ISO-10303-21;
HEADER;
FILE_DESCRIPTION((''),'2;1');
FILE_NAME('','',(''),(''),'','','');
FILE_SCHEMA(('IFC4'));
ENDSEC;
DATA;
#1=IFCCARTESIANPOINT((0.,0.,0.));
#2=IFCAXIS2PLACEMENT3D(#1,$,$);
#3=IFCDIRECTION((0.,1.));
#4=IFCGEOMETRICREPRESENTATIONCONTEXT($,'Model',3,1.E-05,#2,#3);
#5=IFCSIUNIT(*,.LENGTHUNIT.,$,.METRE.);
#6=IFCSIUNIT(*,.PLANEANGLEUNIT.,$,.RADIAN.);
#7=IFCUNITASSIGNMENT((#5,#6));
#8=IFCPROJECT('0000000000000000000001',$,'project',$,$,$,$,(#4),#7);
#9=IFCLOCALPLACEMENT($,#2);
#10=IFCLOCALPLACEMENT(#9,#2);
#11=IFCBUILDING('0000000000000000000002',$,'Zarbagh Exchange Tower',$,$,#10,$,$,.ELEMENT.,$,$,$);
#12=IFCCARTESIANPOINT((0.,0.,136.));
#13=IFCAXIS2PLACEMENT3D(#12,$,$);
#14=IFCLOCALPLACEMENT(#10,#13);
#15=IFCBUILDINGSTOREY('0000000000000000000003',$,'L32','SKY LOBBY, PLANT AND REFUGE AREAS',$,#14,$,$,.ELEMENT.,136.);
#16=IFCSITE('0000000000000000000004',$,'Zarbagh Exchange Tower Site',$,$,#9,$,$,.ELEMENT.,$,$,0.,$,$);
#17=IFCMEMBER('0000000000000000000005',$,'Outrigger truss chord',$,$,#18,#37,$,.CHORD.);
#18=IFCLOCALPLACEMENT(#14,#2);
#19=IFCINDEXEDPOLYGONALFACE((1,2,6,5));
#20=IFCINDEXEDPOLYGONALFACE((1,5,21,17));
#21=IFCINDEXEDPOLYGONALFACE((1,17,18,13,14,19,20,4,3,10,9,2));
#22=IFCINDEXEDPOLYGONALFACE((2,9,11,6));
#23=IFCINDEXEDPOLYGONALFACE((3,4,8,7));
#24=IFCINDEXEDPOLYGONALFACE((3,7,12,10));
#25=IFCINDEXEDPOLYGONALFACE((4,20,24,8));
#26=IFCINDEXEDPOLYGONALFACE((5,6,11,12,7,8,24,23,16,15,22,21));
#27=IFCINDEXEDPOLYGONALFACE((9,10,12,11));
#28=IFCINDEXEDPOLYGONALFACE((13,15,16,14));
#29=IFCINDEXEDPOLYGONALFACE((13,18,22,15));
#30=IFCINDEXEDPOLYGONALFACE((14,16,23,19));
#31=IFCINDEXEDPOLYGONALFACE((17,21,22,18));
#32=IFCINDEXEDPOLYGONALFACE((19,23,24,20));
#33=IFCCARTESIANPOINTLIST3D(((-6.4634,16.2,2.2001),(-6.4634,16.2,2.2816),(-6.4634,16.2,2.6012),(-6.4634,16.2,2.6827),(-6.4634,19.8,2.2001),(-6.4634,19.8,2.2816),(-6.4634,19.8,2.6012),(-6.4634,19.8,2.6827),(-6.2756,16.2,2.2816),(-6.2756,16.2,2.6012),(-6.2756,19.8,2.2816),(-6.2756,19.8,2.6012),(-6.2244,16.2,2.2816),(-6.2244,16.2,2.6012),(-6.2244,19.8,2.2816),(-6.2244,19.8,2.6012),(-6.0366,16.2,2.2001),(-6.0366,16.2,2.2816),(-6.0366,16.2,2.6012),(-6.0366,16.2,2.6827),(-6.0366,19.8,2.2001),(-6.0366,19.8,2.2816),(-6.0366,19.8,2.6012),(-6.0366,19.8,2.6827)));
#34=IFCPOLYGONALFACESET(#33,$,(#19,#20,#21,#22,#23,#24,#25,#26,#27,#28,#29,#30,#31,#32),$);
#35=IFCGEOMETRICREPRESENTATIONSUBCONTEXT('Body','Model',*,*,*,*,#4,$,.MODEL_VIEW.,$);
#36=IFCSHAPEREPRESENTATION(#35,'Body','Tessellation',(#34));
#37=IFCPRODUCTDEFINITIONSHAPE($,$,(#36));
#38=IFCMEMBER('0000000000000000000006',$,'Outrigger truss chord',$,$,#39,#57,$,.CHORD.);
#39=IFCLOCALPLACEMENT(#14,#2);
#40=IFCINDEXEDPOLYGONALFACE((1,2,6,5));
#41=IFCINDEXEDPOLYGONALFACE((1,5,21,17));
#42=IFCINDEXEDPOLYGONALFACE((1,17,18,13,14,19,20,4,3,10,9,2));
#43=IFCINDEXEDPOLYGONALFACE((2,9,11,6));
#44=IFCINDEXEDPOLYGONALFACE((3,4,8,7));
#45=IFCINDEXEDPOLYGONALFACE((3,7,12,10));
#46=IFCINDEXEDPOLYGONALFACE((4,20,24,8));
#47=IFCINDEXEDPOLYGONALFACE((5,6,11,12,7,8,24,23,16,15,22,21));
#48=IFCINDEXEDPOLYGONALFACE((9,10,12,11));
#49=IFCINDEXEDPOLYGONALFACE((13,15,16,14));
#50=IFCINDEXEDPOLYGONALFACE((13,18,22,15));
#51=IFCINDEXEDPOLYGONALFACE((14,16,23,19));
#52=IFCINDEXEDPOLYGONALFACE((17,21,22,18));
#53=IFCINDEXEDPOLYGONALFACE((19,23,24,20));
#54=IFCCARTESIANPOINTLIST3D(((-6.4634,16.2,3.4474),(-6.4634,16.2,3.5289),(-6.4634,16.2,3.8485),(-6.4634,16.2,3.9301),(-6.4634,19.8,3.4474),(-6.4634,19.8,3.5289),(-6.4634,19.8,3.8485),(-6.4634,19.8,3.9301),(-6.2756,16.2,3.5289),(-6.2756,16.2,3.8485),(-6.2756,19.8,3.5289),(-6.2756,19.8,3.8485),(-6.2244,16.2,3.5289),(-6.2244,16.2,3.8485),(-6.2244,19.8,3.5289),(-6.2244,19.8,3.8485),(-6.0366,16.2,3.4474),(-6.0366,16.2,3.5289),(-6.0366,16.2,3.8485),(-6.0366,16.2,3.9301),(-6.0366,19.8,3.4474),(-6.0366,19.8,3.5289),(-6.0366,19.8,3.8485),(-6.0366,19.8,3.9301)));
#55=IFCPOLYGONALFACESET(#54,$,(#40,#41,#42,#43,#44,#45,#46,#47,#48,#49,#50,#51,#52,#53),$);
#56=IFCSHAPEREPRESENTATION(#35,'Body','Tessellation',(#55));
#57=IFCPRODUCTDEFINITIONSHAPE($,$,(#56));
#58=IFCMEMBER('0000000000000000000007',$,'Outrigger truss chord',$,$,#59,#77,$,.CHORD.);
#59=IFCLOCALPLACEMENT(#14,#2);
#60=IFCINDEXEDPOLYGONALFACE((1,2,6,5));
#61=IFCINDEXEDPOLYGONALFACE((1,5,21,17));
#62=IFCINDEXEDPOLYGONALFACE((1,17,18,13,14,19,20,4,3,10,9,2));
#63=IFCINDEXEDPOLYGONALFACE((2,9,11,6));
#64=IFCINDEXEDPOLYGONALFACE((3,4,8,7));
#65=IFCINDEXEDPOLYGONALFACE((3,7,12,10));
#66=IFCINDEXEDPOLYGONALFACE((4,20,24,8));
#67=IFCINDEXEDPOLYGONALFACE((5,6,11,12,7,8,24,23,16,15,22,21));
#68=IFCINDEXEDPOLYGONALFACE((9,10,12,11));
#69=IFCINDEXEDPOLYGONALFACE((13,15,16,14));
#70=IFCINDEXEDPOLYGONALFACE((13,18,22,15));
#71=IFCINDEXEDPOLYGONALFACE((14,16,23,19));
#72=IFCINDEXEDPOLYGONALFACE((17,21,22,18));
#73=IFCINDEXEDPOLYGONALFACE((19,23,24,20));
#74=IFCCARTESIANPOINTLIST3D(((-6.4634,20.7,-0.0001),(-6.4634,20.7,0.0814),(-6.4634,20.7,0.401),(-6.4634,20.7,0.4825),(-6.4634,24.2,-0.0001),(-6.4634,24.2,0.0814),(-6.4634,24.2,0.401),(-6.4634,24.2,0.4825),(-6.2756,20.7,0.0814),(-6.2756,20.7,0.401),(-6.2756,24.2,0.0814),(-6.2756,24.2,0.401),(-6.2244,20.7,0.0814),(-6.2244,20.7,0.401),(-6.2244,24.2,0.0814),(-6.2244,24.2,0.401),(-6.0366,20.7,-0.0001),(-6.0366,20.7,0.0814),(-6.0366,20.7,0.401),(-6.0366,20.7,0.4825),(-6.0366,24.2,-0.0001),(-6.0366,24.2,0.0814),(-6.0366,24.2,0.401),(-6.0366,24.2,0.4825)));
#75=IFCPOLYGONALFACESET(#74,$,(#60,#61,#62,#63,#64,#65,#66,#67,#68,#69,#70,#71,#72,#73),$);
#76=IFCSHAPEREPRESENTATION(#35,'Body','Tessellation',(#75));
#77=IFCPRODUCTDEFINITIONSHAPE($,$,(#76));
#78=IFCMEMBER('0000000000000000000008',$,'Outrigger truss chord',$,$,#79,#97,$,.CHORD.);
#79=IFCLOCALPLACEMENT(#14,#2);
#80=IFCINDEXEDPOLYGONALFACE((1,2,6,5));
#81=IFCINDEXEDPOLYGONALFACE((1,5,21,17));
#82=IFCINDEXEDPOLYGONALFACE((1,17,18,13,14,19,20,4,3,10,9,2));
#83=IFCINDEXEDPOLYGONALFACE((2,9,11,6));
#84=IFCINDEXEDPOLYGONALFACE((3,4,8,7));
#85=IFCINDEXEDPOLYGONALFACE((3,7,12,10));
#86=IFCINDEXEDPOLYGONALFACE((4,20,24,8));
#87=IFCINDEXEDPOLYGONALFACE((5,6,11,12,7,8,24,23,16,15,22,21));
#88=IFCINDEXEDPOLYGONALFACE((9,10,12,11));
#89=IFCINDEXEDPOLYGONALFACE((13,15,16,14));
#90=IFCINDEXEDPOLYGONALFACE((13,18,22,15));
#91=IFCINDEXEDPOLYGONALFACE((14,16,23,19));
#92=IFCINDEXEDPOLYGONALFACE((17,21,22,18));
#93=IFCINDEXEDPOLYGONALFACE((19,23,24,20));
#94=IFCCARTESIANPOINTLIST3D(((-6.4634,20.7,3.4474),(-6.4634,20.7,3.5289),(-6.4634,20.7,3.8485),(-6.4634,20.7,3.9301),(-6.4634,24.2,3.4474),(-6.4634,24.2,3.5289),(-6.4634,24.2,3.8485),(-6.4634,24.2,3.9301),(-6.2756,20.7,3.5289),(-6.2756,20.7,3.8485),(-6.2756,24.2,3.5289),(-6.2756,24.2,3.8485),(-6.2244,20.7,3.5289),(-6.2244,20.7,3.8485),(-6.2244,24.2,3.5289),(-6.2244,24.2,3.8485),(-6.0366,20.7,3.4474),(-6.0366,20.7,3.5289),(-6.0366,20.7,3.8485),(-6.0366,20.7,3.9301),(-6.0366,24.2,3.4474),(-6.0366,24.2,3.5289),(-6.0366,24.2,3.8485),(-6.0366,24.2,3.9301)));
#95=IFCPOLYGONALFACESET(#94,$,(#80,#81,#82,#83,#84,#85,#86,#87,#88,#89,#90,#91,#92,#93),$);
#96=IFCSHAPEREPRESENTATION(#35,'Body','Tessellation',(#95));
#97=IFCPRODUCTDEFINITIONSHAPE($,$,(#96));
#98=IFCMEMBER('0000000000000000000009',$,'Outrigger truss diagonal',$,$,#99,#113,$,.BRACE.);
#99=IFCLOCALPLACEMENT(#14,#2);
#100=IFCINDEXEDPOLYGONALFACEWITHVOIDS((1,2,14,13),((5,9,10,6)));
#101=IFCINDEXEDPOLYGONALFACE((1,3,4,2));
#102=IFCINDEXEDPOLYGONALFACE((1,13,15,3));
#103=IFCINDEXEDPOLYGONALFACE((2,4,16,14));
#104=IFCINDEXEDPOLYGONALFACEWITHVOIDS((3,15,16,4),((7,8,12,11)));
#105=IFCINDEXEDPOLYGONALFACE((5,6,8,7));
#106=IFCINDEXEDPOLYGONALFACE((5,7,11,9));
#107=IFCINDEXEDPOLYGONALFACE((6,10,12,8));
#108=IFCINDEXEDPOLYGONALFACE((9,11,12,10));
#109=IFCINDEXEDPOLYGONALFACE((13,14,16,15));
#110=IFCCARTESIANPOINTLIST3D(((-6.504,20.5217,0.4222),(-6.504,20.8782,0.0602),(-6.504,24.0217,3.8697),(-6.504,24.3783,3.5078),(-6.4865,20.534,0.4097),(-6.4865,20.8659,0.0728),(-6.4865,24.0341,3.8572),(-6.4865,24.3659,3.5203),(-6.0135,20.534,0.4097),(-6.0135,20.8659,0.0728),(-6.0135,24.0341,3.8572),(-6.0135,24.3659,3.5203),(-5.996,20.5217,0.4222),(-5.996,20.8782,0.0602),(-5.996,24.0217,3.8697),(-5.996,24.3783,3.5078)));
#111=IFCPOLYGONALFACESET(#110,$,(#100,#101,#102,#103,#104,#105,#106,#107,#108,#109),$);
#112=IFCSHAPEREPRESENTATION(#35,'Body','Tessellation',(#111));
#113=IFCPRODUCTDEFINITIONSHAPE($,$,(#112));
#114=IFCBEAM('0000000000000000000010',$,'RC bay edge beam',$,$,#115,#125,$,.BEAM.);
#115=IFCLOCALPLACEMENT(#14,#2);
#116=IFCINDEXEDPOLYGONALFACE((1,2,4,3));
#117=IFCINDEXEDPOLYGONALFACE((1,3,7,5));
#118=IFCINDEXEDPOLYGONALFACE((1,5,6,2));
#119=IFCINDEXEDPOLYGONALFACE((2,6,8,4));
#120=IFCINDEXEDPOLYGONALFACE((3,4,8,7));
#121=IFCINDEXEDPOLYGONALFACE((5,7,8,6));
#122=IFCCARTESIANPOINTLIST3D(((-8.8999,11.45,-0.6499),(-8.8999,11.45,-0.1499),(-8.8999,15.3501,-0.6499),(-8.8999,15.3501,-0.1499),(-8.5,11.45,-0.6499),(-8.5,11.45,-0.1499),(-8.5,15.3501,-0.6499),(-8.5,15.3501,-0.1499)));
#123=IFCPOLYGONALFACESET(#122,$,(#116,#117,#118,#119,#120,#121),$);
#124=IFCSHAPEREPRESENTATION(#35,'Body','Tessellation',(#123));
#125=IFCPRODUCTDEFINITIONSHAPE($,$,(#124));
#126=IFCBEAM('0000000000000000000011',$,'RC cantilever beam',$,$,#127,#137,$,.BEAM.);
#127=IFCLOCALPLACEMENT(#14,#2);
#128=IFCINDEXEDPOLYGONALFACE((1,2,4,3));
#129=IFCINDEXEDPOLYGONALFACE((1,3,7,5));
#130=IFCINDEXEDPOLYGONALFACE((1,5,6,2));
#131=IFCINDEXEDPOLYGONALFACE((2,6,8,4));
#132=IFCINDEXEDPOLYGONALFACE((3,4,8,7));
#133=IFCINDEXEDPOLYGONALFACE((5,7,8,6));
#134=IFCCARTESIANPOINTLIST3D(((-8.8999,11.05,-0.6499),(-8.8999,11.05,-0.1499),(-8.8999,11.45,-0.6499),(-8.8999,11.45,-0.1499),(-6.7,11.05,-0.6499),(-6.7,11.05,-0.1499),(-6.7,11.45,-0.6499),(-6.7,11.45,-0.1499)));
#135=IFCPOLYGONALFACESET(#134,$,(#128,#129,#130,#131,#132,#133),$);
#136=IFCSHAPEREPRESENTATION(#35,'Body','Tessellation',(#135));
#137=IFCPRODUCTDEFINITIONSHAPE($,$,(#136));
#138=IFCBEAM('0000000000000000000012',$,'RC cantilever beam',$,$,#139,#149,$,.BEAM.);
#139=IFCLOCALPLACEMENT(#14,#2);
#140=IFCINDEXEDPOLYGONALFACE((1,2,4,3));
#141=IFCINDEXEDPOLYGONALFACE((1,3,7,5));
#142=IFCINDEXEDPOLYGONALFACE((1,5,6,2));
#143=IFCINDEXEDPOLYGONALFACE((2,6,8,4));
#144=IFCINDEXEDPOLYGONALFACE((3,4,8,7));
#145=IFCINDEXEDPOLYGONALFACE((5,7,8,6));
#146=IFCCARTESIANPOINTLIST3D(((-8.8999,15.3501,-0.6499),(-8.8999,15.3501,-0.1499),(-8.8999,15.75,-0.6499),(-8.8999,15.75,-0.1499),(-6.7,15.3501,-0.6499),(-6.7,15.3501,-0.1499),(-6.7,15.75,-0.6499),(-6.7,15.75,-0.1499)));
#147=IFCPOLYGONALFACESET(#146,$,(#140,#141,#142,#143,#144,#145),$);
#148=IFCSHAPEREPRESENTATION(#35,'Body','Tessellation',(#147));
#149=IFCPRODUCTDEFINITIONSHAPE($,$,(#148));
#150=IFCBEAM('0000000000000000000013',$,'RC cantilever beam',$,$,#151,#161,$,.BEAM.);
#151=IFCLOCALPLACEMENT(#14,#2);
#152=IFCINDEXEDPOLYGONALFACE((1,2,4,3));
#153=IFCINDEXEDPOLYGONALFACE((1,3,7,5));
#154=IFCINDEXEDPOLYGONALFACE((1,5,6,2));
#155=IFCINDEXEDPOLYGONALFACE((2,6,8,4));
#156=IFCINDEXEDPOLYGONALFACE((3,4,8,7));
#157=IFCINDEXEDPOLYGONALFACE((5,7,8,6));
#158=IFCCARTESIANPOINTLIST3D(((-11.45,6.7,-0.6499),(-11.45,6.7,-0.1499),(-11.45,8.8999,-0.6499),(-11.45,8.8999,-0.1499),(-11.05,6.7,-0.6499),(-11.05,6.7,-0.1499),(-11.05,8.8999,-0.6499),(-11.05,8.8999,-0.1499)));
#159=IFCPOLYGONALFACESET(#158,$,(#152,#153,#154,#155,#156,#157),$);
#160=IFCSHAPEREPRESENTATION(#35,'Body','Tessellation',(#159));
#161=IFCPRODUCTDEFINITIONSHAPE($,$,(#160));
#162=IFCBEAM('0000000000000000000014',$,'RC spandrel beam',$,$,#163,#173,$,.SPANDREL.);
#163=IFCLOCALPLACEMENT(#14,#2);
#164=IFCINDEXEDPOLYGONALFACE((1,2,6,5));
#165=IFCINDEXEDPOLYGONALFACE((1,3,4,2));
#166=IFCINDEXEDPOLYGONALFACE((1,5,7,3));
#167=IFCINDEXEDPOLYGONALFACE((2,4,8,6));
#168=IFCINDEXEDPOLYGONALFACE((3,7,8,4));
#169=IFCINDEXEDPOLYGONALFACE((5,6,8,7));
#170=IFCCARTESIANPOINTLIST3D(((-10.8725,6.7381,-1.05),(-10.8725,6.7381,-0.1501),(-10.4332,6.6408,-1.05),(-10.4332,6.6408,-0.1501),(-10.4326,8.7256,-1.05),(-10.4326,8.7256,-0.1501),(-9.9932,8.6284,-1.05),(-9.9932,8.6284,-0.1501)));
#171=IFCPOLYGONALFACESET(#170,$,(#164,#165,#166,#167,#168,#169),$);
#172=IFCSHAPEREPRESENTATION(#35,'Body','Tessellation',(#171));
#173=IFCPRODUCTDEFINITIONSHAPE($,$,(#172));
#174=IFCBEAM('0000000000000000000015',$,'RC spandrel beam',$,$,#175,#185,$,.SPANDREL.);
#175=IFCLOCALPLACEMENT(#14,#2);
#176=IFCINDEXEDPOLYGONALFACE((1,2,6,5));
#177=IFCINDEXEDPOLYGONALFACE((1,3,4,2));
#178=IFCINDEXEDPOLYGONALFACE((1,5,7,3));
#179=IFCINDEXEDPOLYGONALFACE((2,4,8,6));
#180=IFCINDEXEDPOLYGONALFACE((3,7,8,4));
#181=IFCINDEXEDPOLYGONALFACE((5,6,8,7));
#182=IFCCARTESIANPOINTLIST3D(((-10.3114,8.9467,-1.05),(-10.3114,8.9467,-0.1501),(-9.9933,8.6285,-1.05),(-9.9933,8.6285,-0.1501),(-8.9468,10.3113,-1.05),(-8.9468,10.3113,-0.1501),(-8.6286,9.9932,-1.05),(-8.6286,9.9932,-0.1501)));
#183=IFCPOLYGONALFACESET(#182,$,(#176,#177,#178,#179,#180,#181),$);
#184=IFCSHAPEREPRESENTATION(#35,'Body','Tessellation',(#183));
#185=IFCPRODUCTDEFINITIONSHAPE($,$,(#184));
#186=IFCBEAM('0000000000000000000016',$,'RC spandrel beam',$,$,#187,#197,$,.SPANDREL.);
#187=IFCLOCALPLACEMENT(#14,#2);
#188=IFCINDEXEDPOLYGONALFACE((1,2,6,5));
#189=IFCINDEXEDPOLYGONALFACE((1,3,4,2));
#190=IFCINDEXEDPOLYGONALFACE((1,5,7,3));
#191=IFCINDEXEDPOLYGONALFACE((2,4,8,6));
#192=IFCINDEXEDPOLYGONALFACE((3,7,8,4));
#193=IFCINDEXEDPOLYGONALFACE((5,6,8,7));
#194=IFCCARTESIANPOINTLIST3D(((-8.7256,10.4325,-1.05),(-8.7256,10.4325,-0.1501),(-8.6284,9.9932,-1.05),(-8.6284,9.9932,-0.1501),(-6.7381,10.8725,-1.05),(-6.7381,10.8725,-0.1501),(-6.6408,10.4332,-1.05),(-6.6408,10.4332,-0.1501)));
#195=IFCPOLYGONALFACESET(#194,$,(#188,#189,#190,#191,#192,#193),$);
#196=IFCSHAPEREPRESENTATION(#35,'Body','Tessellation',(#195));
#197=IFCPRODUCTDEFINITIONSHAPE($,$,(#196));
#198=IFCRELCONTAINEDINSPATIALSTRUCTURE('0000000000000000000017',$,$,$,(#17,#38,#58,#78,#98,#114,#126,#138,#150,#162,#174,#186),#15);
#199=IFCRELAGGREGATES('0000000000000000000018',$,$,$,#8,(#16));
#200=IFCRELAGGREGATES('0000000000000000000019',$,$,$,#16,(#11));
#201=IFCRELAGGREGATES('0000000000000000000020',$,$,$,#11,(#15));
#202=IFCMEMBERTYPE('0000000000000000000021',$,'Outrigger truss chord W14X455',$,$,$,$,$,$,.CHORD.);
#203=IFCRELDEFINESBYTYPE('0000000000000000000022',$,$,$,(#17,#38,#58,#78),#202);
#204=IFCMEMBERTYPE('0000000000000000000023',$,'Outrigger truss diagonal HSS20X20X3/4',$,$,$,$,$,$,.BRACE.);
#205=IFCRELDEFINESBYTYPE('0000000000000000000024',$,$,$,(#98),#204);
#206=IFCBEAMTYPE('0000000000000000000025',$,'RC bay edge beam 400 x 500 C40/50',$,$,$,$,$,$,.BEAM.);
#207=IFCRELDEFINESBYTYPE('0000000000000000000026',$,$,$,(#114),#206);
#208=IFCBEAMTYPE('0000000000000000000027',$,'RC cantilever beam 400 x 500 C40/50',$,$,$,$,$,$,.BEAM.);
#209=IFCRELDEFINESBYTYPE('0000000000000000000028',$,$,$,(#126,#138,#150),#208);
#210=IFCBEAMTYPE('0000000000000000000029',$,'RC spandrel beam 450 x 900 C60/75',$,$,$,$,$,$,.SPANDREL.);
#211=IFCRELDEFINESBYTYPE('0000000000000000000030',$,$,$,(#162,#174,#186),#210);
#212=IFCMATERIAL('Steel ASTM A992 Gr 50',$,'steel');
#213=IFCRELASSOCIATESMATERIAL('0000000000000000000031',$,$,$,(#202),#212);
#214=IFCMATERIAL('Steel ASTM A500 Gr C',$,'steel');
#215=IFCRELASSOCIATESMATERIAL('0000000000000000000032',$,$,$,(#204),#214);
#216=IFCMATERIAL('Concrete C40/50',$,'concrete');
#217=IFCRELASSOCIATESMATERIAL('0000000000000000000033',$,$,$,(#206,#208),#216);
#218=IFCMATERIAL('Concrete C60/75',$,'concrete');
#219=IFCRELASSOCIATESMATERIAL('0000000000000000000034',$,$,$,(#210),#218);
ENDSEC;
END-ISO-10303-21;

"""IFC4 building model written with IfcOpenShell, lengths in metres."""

from ifc_helpers import new_model, si_unit, direction, frame, origin, origin_2d, place, context, subcontext, project, spatial, rectangle, hollow_rectangle, i_section, extrude, material, material_profile, profile_set, type_object, element, save


model = new_model("IFC4")

# Units and contexts
model_context = context("Model", 3, precision=1e-05, world=origin(), true_north=direction((0.0, 1.0)))
body_context = subcontext(model_context, "Body", "Model", "MODEL_VIEW")
ifc_project = project(units=[si_unit("LENGTHUNIT", "METRE"), si_unit("PLANEANGLEUNIT", "RADIAN")], contexts=[model_context])

# Site, building, storey
site_placement = place(None, origin())
site = spatial("IfcSite", under=ifc_project, at=site_placement, Name="Zarbagh Exchange Tower Site", CompositionType="ELEMENT", RefElevation=0.0)
building_placement = place(site_placement, origin())
building = spatial("IfcBuilding", under=site, at=building_placement, Name="Zarbagh Exchange Tower", CompositionType="ELEMENT")
storey_placement = place(building_placement, frame((0.0, 0.0, 136.0)))
storey = spatial("IfcBuildingStorey", under=building, at=storey_placement, Name="L32", Description="SKY LOBBY, PLANT AND REFUGE AREAS", CompositionType="ELEMENT", Elevation=136.0)

# Shared definitions
ifc_material_1 = material(Name="Concrete C60/75", Category="concrete")

# Shared definitions
ifc_material_2 = material(Name="Steel ASTM A992 Gr 50", Category="steel")
ifc_material_3 = material(Name="Steel ASTM A500 Gr C", Category="steel")

# Members
ifc_material_profile_1 = material_profile(ifc_material_2, i_section(OverallWidth=0.4268, OverallDepth=0.4827, WebThickness=0.0513, FlangeThickness=0.0815, at=origin_2d()), Name="W14X455")
ifc_profile_set_1 = profile_set([ifc_material_profile_1], Name="Steel ASTM A992 Gr 50")
member_type_1 = type_object("IfcMemberType", Name="Outrigger truss chord W14X455", PredefinedType="CHORD", material=ifc_profile_set_1)
for number, where, z_axis, x_axis, name in (
    (1, (-6.25, 16.2, 2.4414), (0.0, 1.0, 0.0), (-1.0, 0.0, 0.0), "Outrigger truss chord"),
    (2, (-6.25, 16.2, 3.6887), (0.0, 1.0, 0.0), (-1.0, 0.0, 0.0), "Outrigger truss chord"),
):
    element("IfcMember", number, at=place(storey_placement, frame(where, z_axis=z_axis, x_axis=x_axis)), inside=storey, type_object=member_type_1, Name=name, PredefinedType="CHORD", context=body_context, shape_type="SweptSolid", body=[
        extrude(i_section(OverallWidth=0.4268, OverallDepth=0.4827, WebThickness=0.0513, FlangeThickness=0.0815, at=origin_2d()), origin(), (0.0, 0.0, 1.0), 3.6001),
    ])
for number, where, z_axis, x_axis, name in (
    (3, (-6.25, 20.7, 0.2412), (0.0, 1.0, 0.0), (-1.0, 0.0, 0.0), "Outrigger truss chord"),
    (4, (-6.25, 20.7, 3.6887), (0.0, 1.0, 0.0), (-1.0, 0.0, 0.0), "Outrigger truss chord"),
):
    element("IfcMember", number, at=place(storey_placement, frame(where, z_axis=z_axis, x_axis=x_axis)), inside=storey, type_object=member_type_1, Name=name, PredefinedType="CHORD", context=body_context, shape_type="SweptSolid", body=[
        extrude(i_section(OverallWidth=0.4268, OverallDepth=0.4827, WebThickness=0.0513, FlangeThickness=0.0815, at=origin_2d()), origin(), (0.0, 0.0, 1.0), 3.5),
    ])
ifc_material_profile_2 = material_profile(ifc_material_3, hollow_rectangle(XDim=0.5081, YDim=0.5081, WallThickness=0.0176, at=origin_2d()), Name="HSS20X20X3/4")
ifc_profile_set_2 = profile_set([ifc_material_profile_2], Name="Steel ASTM A500 Gr C")
member_type_2 = type_object("IfcMemberType", Name="Outrigger truss diagonal HSS20X20X3/4", PredefinedType="BRACE", material=ifc_profile_set_2)
member_1_placement = place(storey_placement, frame((-6.25, 20.7, 0.2412), z_axis=(0.0, 0.712429, 0.701744), x_axis=(-1.0, 0.0, 0.0)))
element("IfcMember", 5, at=member_1_placement, inside=storey, type_object=member_type_2, Name="Outrigger truss diagonal", PredefinedType="BRACE", context=body_context, shape_type="SweptSolid", body=[
    extrude(hollow_rectangle(XDim=0.5081, YDim=0.5081, WallThickness=0.0176, at=origin_2d()), origin(), (0.0, 0.0, 1.0), 4.9128),
])

# Beams
ifc_material_4 = material(Name="Concrete C40/50", Category="concrete")
ifc_material_profile_3 = material_profile(ifc_material_4, rectangle(XDim=0.3999, YDim=0.5, at=origin_2d()), Name="RC bay edge beam 400 x 500 C40/50")
ifc_profile_set_3 = profile_set([ifc_material_profile_3], Name="Concrete C40/50")
beam_type_1 = type_object("IfcBeamType", Name="RC bay edge beam 400 x 500 C40/50", PredefinedType="BEAM", material=ifc_profile_set_3)
beam_1_placement = place(storey_placement, frame((-8.7, 11.45, -0.3999), z_axis=(0.0, 1.0, 0.0), x_axis=(-1.0, 0.0, 0.0)))
element("IfcBeam", 6, at=beam_1_placement, inside=storey, type_object=beam_type_1, Name="RC bay edge beam", PredefinedType="BEAM", context=body_context, shape_type="SweptSolid", body=[
    extrude(rectangle(XDim=0.3999, YDim=0.5, at=origin_2d()), origin(), (0.0, 0.0, 1.0), 3.9001),
])
ifc_material_profile_4 = material_profile(ifc_material_4, rectangle(XDim=0.3999, YDim=0.5, at=origin_2d()), Name="RC cantilever beam 400 x 500 C40/50")
ifc_profile_set_4 = profile_set([ifc_material_profile_4], Name="Concrete C40/50")
beam_type_2 = type_object("IfcBeamType", Name="RC cantilever beam 400 x 500 C40/50", PredefinedType="BEAM", material=ifc_profile_set_4)
for number, where, z_axis, x_axis, name in (
    (7, (-6.7, 11.25, -0.3999), (-1.0, 0.0, 0.0), (0.0, -1.0, 0.0), "RC cantilever beam"),
    (8, (-6.7, 15.55, -0.3999), (-1.0, 0.0, 0.0), (0.0, -1.0, 0.0), "RC cantilever beam"),
    (9, (-11.25, 6.7, -0.3999), (0.0, 1.0, 0.0), (-1.0, 0.0, 0.0), "RC cantilever beam"),
):
    element("IfcBeam", number, at=place(storey_placement, frame(where, z_axis=z_axis, x_axis=x_axis)), inside=storey, type_object=beam_type_2, Name=name, PredefinedType="BEAM", context=body_context, shape_type="SweptSolid", body=[
        extrude(rectangle(XDim=0.3999, YDim=0.5, at=origin_2d()), origin(), (0.0, 0.0, 1.0), 2.2),
    ])
ifc_material_profile_5 = material_profile(ifc_material_1, rectangle(XDim=0.45, YDim=0.8999, at=origin_2d()), Name="RC spandrel beam 450 x 900 C60/75")
ifc_profile_set_5 = profile_set([ifc_material_profile_5], Name="Concrete C60/75")
beam_type_3 = type_object("IfcBeamType", Name="RC spandrel beam 450 x 900 C60/75", PredefinedType="SPANDREL", material=ifc_profile_set_5)
beam_2_placement = place(storey_placement, frame((-10.6528, 6.6895, -0.6001), z_axis=(0.216118, 0.976367, 0.0), x_axis=(-0.976367, 0.216118, 0.0)))
element("IfcBeam", 10, at=beam_2_placement, inside=storey, type_object=beam_type_3, Name="RC spandrel beam", PredefinedType="SPANDREL", context=body_context, shape_type="SweptSolid", body=[
    extrude(rectangle(XDim=0.45, YDim=0.8999, at=origin_2d()), origin(), (0.0, 0.0, 1.0), 2.0356),
])
beam_3_placement = place(storey_placement, frame((-10.1523, 8.7876, -0.6001), z_axis=(0.707107, 0.707107, 0.0), x_axis=(-0.707107, 0.707107, 0.0)))
element("IfcBeam", 11, at=beam_3_placement, inside=storey, type_object=beam_type_3, Name="RC spandrel beam", PredefinedType="SPANDREL", context=body_context, shape_type="SweptSolid", body=[
    extrude(rectangle(XDim=0.45, YDim=0.8999, at=origin_2d()), origin(), (0.0, 0.0, 1.0), 1.9299),
])
beam_4_placement = place(storey_placement, frame((-8.677, 10.2129, -0.6001), z_axis=(0.976367, 0.216118, 0.0), x_axis=(-0.216118, 0.976367, 0.0)))
element("IfcBeam", 12, at=beam_4_placement, inside=storey, type_object=beam_type_3, Name="RC spandrel beam", PredefinedType="SPANDREL", context=body_context, shape_type="SweptSolid", body=[
    extrude(rectangle(XDim=0.45, YDim=0.8999, at=origin_2d()), origin(), (0.0, 0.0, 1.0), 2.0356),
])

save(model, "model.ifc")
